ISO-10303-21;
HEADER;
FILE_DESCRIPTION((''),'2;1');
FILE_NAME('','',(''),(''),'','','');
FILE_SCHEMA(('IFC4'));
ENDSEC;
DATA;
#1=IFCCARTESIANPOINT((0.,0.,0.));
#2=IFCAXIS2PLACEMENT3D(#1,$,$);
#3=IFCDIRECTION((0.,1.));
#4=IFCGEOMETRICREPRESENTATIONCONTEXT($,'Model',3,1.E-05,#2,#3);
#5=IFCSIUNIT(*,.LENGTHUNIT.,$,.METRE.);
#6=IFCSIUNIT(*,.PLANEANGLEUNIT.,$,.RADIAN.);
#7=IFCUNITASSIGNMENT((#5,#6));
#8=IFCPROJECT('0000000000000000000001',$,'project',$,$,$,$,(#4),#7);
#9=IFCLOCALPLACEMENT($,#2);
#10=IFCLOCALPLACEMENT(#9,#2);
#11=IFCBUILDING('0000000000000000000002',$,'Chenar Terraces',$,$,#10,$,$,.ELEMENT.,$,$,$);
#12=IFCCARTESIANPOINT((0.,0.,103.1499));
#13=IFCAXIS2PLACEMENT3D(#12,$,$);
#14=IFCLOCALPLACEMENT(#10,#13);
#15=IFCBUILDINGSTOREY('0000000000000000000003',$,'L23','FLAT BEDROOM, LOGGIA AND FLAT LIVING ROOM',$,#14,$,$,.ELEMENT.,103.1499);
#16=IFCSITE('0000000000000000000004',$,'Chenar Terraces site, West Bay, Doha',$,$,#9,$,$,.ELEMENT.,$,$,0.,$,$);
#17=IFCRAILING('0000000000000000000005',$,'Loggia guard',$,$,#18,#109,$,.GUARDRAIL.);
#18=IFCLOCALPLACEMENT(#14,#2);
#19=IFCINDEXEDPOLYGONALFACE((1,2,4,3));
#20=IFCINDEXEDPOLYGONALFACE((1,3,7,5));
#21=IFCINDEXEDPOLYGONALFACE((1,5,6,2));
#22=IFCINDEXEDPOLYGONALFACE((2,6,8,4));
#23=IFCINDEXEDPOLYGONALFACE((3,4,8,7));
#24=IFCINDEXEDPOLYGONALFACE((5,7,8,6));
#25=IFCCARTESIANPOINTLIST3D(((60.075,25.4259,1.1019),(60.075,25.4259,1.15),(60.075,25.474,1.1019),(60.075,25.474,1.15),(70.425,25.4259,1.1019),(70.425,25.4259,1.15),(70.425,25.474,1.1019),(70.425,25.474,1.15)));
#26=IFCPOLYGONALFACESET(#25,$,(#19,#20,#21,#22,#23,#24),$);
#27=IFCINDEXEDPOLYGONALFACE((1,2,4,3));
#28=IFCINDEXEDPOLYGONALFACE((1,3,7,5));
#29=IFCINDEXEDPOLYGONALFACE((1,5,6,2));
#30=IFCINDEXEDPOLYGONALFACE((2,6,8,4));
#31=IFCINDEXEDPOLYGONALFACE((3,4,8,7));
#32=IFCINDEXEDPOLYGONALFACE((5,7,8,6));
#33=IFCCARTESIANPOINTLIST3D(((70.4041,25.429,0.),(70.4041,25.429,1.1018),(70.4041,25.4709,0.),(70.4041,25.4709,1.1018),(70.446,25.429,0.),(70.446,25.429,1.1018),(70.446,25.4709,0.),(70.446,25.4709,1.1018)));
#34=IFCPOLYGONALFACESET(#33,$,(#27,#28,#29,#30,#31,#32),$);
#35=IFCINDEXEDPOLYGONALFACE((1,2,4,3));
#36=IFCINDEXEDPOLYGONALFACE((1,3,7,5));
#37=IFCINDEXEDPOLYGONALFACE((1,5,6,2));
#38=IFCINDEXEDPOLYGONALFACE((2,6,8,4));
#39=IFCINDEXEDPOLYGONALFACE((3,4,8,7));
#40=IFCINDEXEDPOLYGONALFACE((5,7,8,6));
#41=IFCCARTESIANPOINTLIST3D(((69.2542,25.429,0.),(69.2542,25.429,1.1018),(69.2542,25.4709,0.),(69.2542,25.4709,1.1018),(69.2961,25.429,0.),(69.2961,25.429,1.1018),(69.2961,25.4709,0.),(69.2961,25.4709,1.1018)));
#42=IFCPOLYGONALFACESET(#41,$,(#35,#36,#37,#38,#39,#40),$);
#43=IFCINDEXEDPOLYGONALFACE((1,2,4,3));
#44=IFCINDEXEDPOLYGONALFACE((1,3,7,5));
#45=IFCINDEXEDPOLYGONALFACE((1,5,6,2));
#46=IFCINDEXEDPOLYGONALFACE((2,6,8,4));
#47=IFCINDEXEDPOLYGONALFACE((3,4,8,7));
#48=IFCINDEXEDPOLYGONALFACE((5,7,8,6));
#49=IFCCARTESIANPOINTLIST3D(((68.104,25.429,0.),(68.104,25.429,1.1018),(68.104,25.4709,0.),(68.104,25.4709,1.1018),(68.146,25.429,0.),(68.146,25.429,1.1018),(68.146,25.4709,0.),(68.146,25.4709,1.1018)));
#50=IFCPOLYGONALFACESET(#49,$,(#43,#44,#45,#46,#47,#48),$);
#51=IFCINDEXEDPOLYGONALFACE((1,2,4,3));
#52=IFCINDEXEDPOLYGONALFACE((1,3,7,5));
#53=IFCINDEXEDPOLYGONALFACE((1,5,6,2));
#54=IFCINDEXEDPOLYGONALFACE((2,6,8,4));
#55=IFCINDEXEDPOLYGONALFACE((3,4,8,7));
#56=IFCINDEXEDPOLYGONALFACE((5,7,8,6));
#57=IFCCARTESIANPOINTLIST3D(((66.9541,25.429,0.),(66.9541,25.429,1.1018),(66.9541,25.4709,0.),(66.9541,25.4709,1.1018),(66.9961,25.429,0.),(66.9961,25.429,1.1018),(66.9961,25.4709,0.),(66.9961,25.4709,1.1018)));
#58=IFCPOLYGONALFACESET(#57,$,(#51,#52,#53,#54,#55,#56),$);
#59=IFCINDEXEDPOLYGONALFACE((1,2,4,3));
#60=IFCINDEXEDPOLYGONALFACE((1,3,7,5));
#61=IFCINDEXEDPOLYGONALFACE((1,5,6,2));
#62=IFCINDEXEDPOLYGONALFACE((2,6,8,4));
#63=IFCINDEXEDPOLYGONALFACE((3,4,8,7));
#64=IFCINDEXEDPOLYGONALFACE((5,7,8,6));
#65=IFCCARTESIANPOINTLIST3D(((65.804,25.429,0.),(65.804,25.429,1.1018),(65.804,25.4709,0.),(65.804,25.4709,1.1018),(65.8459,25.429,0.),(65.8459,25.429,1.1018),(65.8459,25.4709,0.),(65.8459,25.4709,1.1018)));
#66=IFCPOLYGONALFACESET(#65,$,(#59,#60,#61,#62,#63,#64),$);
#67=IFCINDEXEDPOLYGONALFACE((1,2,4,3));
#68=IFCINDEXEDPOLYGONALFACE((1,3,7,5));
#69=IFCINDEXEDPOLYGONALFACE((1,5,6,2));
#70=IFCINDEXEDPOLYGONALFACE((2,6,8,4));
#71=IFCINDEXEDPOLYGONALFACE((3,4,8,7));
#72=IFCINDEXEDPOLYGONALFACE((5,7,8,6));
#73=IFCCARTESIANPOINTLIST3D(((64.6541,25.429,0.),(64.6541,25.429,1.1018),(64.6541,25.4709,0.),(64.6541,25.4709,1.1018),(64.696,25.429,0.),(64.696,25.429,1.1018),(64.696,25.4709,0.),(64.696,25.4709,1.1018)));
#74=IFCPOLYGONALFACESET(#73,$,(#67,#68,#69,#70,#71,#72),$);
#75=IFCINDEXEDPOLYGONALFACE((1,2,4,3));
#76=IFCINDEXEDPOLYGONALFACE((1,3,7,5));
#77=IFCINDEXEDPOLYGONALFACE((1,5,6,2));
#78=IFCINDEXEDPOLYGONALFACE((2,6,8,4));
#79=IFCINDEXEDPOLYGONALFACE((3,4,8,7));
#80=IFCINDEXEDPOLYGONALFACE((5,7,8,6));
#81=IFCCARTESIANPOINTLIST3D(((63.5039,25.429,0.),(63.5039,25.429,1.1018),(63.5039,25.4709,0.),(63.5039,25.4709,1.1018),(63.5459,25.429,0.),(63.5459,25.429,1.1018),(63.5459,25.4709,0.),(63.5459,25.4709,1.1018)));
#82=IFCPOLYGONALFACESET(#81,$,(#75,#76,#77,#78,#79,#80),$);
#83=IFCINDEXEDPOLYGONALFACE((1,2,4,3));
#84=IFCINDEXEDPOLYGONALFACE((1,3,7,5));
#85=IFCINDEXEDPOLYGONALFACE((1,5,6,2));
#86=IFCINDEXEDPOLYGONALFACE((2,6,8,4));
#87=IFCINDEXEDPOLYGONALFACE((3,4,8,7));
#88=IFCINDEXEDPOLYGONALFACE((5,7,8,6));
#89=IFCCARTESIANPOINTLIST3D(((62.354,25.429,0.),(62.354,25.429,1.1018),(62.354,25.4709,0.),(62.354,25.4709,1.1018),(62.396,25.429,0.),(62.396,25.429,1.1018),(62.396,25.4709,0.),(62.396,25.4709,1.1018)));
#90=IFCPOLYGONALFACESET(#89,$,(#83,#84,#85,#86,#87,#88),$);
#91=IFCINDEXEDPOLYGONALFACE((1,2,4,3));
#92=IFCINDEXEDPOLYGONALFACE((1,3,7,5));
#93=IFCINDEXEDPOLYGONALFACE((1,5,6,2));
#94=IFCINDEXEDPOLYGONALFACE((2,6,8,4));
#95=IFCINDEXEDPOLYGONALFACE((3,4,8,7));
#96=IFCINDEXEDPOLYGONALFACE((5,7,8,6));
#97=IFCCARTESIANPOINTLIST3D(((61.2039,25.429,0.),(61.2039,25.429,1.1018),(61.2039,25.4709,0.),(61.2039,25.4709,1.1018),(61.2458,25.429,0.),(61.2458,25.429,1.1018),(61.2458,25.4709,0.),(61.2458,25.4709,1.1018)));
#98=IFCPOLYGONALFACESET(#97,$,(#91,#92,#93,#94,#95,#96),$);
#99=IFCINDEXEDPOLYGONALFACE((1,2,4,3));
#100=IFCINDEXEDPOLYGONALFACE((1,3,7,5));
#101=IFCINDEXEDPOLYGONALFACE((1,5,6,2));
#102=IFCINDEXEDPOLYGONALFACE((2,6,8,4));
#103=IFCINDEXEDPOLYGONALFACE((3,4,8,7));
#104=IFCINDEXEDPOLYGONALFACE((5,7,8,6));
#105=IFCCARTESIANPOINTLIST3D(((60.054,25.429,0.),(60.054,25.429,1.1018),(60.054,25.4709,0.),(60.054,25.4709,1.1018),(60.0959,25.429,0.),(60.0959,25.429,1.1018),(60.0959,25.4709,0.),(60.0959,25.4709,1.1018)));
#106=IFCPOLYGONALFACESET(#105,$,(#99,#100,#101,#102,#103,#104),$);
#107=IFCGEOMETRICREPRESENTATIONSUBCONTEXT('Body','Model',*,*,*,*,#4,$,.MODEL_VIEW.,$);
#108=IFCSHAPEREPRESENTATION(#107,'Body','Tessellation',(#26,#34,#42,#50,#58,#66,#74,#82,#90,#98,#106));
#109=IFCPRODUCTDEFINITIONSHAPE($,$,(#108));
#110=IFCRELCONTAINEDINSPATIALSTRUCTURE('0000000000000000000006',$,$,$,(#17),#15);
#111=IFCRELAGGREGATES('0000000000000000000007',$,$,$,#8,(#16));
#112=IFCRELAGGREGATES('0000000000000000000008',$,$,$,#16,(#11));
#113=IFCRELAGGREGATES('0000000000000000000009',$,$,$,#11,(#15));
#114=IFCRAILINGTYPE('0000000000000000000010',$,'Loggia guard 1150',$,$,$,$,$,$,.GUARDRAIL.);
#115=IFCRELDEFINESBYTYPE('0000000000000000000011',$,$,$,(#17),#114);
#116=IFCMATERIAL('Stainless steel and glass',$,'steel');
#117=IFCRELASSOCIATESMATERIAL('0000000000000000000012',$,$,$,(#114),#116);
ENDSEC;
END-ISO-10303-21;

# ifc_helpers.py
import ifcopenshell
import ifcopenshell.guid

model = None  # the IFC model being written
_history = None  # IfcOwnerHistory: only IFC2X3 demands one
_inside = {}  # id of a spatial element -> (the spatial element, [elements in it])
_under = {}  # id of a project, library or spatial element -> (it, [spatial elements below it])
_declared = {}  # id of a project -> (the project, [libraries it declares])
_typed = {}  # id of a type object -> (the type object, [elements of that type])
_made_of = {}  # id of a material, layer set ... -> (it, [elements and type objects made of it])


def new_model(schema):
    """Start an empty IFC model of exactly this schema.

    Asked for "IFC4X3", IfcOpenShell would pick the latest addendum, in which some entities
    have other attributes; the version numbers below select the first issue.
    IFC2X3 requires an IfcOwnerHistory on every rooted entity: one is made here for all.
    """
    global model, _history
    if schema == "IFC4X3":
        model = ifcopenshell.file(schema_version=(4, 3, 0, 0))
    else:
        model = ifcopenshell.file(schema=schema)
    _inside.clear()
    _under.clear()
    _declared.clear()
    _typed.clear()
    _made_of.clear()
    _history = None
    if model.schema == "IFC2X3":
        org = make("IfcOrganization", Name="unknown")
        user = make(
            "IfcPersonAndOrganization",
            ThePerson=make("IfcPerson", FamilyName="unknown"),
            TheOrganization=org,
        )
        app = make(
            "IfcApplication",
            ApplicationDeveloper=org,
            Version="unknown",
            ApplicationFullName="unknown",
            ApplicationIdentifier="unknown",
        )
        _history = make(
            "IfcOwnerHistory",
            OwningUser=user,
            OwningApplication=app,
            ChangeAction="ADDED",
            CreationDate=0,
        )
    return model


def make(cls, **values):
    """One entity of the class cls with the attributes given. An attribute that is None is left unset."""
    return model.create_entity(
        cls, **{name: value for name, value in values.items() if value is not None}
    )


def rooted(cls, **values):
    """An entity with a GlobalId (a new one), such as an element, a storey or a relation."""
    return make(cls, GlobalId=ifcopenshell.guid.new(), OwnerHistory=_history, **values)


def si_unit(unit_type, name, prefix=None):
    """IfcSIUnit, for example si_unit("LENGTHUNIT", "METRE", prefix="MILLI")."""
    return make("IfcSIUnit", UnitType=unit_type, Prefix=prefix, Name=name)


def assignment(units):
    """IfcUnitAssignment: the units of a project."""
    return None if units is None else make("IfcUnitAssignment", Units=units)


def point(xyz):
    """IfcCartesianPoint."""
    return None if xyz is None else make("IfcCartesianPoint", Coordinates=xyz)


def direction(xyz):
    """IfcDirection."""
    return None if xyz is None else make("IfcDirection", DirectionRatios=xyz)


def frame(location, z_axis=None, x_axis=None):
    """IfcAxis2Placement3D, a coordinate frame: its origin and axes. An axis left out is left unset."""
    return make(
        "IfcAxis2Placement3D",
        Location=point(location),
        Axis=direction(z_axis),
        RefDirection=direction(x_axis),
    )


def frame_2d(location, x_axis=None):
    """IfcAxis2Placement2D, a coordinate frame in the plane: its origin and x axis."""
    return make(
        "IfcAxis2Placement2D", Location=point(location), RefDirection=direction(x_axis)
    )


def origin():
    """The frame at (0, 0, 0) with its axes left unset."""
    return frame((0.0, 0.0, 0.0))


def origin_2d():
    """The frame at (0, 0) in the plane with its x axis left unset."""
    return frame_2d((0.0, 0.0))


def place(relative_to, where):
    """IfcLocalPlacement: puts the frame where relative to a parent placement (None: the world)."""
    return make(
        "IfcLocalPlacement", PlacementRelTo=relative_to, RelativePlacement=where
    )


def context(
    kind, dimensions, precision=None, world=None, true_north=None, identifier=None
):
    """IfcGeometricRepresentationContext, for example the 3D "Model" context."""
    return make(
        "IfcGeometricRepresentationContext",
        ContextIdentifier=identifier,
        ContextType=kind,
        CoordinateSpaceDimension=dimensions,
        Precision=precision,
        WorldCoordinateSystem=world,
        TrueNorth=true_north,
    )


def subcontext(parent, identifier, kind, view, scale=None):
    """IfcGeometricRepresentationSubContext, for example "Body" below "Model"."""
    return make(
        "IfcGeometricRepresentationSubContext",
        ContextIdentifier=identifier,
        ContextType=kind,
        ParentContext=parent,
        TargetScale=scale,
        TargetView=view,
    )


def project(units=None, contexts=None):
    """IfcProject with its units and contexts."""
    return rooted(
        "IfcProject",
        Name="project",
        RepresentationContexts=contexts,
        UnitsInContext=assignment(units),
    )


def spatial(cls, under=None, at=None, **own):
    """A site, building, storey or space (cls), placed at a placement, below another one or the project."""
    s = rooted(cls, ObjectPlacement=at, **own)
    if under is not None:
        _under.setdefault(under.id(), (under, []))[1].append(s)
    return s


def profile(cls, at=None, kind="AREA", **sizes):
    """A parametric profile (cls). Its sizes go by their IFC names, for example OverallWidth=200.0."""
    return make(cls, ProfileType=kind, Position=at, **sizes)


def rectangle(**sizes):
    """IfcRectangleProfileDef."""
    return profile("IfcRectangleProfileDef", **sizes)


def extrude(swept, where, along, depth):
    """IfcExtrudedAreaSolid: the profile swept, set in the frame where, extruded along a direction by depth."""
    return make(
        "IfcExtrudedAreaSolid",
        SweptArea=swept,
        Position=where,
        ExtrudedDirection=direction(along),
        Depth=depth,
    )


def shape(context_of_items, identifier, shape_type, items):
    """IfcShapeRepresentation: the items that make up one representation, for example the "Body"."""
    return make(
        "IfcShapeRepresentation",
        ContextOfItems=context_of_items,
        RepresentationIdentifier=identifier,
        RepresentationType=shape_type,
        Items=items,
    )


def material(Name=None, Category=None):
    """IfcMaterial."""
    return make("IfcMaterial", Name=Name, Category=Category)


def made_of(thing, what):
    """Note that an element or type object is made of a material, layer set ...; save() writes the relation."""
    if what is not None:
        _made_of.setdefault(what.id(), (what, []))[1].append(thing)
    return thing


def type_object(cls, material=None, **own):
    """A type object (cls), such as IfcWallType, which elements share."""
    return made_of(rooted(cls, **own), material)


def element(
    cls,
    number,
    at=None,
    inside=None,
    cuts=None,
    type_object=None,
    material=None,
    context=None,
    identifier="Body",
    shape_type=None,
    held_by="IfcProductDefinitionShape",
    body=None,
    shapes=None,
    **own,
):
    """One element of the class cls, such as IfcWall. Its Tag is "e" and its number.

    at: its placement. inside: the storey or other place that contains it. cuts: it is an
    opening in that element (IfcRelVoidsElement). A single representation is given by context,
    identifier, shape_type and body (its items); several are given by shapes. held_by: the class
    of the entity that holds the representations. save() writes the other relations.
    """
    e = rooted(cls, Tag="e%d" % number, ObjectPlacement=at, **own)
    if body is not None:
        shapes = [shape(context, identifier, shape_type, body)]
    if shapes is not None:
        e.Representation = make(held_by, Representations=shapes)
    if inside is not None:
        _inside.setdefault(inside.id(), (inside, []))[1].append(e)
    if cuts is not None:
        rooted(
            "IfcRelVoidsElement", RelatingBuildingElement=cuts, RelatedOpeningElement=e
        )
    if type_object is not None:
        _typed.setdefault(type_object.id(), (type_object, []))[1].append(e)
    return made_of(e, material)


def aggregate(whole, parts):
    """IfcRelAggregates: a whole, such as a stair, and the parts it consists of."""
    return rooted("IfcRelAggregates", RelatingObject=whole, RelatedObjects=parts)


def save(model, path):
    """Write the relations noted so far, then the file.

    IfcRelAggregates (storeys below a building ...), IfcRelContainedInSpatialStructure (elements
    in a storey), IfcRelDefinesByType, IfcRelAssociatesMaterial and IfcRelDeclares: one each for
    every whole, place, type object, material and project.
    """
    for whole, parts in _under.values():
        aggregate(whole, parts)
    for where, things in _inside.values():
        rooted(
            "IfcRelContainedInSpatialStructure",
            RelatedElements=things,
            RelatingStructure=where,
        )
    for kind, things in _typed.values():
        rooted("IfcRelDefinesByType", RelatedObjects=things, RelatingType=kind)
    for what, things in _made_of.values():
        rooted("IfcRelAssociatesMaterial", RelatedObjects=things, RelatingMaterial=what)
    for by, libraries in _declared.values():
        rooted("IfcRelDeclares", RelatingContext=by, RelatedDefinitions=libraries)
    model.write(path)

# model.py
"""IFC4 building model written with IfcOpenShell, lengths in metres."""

from ifc_helpers import new_model, si_unit, direction, frame, origin, origin_2d, place, context, subcontext, project, spatial, rectangle, extrude, material, type_object, element, save


model = new_model("IFC4")

# Units and contexts
model_context = context("Model", 3, precision=1e-05, world=origin(), true_north=direction((0.0, 1.0)))
body_context = subcontext(model_context, "Body", "Model", "MODEL_VIEW")
ifc_project = project(units=[si_unit("LENGTHUNIT", "METRE"), si_unit("PLANEANGLEUNIT", "RADIAN")], contexts=[model_context])

# Site, building, storey
site_placement = place(None, origin())
site = spatial("IfcSite", under=ifc_project, at=site_placement, Name="Chenar Terraces site, West Bay, Doha", CompositionType="ELEMENT", RefElevation=0.0)
building_placement = place(site_placement, origin())
building = spatial("IfcBuilding", under=site, at=building_placement, Name="Chenar Terraces", CompositionType="ELEMENT")
storey_placement = place(building_placement, frame((0.0, 0.0, 103.1499)))
storey = spatial("IfcBuildingStorey", under=building, at=storey_placement, Name="L23", Description="FLAT BEDROOM, LOGGIA AND FLAT LIVING ROOM", CompositionType="ELEMENT", Elevation=103.1499)

# Railing
ifc_material_1 = material(Name="Stainless steel and glass", Category="steel")
railing_type = type_object("IfcRailingType", Name="Loggia guard 1150", PredefinedType="GUARDRAIL", material=ifc_material_1)
railing_placement = place(storey_placement, frame((70.425, 25.45, 0.0)))
element("IfcRailing", 1, at=railing_placement, inside=storey, type_object=railing_type, Name="Loggia guard", PredefinedType="GUARDRAIL", context=body_context, shape_type="SweptSolid", body=[
    extrude(rectangle(XDim=0.0481, YDim=0.0481, at=origin_2d()), frame((0.0, 0.0, 1.126), z_axis=(-1.0, 0.0, 0.0), x_axis=(0.0, -1.0, 0.0)), (0.0, 0.0, 1.0), 10.3501),
    extrude(rectangle(XDim=0.042, YDim=0.042, at=origin_2d()), origin(), (0.0, 0.0, 1.0), 1.1018),
    extrude(rectangle(XDim=0.042, YDim=0.042, at=origin_2d()), frame((-1.1499, 0.0, 0.0)), (0.0, 0.0, 1.0), 1.1018),
    extrude(rectangle(XDim=0.042, YDim=0.042, at=origin_2d()), frame((-2.3, 0.0, 0.0)), (0.0, 0.0, 1.0), 1.1018),
    extrude(rectangle(XDim=0.042, YDim=0.042, at=origin_2d()), frame((-3.45, 0.0, 0.0)), (0.0, 0.0, 1.0), 1.1018),
    extrude(rectangle(XDim=0.042, YDim=0.042, at=origin_2d()), frame((-4.6001, 0.0, 0.0)), (0.0, 0.0, 1.0), 1.1018),
    extrude(rectangle(XDim=0.042, YDim=0.042, at=origin_2d()), frame((-5.75, 0.0, 0.0)), (0.0, 0.0, 1.0), 1.1018),
    extrude(rectangle(XDim=0.042, YDim=0.042, at=origin_2d()), frame((-6.9001, 0.0, 0.0)), (0.0, 0.0, 1.0), 1.1018),
    extrude(rectangle(XDim=0.042, YDim=0.042, at=origin_2d()), frame((-8.05, 0.0, 0.0)), (0.0, 0.0, 1.0), 1.1018),
    extrude(rectangle(XDim=0.042, YDim=0.042, at=origin_2d()), frame((-9.2002, 0.0, 0.0)), (0.0, 0.0, 1.0), 1.1018),
    extrude(rectangle(XDim=0.042, YDim=0.042, at=origin_2d()), frame((-10.3501, 0.0, 0.0)), (0.0, 0.0, 1.0), 1.1018),
])

save(model, "model.ifc")
